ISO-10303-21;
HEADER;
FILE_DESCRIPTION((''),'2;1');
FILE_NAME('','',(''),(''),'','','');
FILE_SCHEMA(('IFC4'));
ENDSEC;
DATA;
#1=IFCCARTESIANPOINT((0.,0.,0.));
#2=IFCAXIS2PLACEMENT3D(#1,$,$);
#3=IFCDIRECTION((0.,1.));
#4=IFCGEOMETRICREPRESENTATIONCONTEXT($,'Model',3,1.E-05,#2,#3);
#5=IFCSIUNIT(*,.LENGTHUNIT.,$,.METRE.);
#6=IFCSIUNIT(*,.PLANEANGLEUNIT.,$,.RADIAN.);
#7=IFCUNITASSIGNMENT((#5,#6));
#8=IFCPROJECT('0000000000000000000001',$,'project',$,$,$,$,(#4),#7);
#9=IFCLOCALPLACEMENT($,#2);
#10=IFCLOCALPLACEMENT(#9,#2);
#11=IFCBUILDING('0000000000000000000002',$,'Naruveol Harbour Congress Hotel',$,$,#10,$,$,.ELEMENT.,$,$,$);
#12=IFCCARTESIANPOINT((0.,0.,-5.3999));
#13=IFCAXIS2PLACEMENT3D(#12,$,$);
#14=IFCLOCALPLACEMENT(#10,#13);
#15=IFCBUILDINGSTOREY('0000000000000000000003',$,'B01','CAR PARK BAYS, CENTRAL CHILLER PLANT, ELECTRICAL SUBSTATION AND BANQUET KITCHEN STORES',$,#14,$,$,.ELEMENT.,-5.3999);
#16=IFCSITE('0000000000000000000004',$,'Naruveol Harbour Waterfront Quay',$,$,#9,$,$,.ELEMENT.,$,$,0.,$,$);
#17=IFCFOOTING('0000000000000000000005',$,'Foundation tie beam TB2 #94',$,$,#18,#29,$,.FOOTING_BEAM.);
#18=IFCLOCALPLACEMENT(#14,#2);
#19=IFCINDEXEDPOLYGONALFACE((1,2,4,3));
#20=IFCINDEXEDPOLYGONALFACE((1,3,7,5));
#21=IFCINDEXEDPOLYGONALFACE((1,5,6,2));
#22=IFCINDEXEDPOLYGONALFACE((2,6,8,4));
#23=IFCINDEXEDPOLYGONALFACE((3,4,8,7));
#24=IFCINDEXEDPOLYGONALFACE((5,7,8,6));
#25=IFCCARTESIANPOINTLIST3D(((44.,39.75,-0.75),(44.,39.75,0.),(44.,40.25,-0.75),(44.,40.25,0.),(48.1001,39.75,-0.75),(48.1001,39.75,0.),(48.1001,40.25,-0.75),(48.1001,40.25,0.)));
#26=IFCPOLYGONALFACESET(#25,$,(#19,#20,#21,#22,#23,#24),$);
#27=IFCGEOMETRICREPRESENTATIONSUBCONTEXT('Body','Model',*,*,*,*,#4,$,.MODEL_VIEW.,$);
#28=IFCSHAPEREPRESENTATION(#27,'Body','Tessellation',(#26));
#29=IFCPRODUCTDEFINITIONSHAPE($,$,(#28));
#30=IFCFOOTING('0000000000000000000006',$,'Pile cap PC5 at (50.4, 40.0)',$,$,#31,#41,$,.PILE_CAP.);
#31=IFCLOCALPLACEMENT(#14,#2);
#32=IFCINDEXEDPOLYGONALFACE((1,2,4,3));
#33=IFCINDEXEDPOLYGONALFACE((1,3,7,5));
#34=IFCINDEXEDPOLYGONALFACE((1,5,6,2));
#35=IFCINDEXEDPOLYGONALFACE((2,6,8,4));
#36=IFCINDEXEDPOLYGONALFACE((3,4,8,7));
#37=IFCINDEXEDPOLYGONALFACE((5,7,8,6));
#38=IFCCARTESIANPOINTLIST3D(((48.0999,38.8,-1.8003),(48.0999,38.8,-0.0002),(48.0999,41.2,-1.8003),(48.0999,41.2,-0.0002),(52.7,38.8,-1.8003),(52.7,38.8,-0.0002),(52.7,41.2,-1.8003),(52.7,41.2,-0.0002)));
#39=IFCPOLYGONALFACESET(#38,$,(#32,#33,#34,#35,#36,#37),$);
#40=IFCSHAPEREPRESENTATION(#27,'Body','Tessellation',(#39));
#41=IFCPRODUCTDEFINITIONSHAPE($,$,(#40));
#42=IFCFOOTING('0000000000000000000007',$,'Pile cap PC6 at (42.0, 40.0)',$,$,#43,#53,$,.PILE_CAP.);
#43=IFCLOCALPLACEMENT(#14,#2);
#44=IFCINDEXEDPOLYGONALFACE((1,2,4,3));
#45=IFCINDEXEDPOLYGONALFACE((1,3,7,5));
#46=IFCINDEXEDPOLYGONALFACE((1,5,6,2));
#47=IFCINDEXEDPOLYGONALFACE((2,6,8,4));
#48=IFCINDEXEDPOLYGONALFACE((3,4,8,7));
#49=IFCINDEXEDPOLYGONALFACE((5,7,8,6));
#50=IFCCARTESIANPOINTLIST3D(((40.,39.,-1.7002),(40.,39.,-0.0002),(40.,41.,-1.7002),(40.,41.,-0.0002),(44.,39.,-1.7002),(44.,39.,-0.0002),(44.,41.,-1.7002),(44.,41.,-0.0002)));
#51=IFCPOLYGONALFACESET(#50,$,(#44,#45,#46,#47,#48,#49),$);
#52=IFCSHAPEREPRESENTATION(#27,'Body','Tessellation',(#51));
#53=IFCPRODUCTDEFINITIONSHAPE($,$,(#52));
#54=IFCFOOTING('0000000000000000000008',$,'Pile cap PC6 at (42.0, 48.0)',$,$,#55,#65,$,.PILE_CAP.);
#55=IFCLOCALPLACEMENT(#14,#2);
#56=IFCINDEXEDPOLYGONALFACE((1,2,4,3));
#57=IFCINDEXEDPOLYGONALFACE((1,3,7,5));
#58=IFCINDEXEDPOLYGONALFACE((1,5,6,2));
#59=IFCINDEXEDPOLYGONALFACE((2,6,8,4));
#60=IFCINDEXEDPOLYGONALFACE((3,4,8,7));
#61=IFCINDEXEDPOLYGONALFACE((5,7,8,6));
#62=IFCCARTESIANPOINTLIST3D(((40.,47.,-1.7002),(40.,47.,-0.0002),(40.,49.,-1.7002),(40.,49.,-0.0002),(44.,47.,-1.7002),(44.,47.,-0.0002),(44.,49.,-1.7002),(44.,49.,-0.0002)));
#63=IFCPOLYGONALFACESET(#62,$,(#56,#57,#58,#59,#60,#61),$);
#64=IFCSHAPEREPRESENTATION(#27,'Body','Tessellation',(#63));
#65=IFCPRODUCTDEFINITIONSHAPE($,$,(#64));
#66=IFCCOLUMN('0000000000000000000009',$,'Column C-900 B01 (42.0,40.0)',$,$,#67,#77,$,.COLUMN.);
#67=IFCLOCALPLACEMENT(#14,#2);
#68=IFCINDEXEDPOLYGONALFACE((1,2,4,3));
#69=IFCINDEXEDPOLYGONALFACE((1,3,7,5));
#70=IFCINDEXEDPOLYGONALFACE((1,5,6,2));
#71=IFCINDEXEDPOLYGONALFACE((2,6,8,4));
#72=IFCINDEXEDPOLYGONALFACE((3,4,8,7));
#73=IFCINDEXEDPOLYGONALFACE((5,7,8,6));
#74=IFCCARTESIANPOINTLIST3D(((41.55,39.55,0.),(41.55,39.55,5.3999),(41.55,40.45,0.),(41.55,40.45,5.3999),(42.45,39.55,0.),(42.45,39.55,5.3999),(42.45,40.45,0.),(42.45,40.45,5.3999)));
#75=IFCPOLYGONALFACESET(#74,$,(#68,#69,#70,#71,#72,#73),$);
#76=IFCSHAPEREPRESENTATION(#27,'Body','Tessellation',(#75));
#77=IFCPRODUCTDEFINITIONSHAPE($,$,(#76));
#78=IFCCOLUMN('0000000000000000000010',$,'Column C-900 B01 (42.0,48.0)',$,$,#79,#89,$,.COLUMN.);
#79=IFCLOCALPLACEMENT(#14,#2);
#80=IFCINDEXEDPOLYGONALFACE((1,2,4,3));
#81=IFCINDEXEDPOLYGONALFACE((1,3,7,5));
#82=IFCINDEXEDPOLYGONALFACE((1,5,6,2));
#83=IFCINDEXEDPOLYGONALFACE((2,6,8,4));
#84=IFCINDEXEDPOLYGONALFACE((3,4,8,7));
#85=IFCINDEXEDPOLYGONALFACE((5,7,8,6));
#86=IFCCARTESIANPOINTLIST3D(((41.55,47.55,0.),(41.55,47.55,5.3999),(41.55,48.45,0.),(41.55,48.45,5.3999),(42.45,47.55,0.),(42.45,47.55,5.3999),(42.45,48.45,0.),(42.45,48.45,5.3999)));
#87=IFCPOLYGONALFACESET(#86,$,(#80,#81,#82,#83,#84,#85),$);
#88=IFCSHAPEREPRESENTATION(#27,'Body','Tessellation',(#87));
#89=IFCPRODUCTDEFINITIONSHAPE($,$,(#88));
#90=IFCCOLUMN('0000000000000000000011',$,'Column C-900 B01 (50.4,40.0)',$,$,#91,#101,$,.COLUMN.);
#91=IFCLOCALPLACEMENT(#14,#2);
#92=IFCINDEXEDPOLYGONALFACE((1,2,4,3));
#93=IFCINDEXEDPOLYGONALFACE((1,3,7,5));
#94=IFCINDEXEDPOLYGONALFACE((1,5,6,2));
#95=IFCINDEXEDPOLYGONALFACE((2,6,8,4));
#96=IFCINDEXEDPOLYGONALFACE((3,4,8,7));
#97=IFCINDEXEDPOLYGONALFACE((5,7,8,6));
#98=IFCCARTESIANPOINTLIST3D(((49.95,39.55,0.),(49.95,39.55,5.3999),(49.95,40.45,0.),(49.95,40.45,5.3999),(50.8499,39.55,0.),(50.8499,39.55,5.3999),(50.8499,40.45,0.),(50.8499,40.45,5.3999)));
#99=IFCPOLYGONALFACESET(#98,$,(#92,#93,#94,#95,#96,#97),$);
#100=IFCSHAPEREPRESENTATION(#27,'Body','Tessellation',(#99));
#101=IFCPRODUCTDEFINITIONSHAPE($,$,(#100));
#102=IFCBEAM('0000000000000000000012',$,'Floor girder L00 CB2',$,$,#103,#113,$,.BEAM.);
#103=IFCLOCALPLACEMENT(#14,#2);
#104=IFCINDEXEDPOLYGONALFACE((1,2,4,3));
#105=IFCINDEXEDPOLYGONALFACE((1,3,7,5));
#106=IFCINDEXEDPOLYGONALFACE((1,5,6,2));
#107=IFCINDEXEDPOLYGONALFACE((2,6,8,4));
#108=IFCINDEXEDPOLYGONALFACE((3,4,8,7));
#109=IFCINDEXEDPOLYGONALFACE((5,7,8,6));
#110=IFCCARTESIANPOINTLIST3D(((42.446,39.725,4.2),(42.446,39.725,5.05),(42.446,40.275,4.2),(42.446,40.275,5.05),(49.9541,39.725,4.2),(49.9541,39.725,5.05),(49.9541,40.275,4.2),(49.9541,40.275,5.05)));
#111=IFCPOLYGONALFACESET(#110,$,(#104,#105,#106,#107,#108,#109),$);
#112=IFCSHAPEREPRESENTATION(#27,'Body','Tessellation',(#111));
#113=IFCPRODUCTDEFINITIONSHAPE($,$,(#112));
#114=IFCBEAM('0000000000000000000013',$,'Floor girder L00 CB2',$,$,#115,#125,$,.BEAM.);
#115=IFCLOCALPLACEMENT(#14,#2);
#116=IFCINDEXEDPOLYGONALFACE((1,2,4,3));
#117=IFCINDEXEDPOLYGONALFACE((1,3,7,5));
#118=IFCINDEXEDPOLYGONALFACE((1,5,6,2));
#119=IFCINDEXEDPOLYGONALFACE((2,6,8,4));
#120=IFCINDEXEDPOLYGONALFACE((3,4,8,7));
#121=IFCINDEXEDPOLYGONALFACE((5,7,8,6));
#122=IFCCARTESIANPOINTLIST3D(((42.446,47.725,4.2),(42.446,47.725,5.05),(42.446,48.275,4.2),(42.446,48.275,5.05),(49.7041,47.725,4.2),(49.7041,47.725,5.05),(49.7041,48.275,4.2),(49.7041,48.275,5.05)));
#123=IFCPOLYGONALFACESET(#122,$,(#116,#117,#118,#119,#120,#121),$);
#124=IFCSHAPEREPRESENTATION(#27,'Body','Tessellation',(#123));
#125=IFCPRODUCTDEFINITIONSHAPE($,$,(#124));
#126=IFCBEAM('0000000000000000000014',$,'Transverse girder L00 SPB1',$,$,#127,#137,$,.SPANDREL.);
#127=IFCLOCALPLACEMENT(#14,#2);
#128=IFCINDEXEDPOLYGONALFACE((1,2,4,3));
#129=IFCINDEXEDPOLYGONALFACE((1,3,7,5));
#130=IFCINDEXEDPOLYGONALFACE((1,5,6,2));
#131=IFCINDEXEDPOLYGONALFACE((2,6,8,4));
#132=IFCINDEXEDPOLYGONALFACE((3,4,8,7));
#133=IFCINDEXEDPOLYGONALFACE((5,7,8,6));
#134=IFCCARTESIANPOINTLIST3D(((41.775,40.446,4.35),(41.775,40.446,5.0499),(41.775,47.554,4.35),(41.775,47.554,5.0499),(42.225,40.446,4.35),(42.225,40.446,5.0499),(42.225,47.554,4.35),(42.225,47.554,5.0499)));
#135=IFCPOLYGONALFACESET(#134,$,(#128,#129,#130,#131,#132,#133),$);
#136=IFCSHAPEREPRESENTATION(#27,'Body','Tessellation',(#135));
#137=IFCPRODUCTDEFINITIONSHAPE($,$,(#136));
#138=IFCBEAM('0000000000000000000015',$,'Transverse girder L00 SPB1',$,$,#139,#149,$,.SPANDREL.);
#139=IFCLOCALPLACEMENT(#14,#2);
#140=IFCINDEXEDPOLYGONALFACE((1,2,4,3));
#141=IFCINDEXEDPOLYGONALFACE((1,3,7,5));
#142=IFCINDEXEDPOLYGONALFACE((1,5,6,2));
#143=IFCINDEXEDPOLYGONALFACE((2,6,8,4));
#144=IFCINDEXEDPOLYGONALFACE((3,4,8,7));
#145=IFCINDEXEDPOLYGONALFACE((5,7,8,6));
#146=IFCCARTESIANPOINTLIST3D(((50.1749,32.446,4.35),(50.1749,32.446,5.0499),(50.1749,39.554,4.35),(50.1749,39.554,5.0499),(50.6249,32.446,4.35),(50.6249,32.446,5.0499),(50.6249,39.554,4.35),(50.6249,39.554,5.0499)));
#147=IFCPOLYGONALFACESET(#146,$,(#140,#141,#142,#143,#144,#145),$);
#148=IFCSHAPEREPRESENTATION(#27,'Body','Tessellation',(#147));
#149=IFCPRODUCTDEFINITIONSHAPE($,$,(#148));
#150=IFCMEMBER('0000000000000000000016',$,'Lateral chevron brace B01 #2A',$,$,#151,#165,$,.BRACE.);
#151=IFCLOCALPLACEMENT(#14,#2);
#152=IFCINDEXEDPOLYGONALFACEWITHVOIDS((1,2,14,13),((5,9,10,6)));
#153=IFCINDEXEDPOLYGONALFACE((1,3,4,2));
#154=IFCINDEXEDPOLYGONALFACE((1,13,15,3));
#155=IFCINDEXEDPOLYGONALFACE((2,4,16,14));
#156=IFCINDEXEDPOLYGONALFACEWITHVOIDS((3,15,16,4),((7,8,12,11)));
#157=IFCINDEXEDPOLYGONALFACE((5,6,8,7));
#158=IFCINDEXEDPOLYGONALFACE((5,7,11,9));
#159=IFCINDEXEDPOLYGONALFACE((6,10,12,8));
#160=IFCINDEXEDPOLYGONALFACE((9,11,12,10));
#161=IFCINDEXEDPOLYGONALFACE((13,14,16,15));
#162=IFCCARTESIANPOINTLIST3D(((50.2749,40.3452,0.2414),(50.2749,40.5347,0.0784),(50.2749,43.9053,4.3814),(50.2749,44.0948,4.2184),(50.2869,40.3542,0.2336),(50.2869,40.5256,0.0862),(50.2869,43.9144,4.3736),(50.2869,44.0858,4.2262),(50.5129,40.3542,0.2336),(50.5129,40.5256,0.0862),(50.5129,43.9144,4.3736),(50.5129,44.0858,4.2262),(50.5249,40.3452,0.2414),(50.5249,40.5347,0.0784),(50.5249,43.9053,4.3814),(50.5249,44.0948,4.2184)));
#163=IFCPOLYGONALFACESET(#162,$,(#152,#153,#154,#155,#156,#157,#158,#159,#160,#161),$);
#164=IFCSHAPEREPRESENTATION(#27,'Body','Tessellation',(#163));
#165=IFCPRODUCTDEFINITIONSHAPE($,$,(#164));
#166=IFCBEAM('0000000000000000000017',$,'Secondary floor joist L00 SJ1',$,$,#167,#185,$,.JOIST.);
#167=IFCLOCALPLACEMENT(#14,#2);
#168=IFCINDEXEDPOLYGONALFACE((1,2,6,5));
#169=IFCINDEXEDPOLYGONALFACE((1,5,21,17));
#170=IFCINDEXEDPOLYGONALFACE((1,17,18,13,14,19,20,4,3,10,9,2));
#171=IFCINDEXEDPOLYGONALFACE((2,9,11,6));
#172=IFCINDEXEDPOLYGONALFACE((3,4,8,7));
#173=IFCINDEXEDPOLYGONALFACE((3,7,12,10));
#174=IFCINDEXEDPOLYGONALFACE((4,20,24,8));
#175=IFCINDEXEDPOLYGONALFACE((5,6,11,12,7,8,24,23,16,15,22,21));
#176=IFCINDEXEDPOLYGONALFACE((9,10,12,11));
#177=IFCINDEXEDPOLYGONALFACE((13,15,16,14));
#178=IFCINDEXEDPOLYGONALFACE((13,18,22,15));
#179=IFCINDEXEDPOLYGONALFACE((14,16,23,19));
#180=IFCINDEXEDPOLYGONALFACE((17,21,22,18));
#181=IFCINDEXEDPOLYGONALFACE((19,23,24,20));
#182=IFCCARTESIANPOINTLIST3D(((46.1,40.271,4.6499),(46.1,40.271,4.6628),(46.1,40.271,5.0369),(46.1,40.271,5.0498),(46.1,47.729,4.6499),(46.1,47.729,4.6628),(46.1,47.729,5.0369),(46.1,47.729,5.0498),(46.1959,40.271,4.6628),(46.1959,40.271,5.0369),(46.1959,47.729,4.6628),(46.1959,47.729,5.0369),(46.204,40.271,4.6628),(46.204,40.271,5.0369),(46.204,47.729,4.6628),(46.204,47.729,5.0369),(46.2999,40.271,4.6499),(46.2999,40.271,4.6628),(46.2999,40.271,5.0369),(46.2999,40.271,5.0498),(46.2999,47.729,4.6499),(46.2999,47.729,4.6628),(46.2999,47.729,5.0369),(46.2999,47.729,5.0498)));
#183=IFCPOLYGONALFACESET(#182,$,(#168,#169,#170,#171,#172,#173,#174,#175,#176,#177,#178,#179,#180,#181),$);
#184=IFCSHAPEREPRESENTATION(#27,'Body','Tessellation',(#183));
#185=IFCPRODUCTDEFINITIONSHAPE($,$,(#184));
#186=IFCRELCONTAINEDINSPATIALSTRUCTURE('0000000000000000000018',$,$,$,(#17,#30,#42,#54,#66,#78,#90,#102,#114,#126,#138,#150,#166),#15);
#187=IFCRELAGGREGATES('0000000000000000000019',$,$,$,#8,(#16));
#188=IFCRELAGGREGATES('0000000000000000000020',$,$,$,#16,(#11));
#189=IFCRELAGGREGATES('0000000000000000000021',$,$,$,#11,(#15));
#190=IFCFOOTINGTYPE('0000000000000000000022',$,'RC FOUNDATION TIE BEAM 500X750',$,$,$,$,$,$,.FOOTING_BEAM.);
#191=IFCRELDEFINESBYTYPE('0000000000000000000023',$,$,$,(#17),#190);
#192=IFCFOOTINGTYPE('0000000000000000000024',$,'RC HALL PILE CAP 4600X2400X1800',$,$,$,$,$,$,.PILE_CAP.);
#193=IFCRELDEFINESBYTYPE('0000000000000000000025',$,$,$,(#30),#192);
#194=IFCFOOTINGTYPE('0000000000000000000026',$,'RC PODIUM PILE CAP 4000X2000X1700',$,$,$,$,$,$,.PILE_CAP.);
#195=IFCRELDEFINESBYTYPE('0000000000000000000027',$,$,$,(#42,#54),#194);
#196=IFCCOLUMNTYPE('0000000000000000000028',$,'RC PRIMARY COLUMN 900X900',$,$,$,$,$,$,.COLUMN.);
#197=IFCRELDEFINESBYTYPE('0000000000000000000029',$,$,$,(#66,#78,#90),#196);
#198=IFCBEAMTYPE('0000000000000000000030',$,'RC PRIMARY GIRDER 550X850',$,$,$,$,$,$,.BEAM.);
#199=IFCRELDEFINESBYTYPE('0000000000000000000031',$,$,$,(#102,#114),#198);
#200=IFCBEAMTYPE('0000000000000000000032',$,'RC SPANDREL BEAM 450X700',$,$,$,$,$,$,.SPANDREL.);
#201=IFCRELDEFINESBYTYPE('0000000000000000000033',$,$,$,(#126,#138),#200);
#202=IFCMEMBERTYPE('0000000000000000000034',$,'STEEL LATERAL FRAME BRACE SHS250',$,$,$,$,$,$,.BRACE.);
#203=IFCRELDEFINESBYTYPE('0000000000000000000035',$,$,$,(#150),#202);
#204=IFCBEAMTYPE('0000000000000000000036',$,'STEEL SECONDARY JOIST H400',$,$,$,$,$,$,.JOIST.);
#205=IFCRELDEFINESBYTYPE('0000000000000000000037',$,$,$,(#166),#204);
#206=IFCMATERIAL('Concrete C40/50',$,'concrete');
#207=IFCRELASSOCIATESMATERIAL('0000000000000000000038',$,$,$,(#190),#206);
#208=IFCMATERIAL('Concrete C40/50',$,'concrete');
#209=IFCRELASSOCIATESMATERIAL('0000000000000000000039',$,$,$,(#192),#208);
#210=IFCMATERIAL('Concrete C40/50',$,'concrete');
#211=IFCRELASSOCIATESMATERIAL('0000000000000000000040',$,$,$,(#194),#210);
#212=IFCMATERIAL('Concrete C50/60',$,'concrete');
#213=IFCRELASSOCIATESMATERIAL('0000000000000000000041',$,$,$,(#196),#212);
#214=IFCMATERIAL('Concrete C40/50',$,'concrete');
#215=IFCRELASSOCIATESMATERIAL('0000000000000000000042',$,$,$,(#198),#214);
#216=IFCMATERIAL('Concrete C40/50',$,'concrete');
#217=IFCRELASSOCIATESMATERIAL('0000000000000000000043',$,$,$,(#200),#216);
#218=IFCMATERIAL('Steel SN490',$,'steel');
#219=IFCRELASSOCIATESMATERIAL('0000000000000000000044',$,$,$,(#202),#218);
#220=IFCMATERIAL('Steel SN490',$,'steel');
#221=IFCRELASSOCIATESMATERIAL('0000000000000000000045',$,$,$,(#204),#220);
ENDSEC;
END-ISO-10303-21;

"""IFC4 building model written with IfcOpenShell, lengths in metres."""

from ifc_helpers import new_model, si_unit, direction, frame, origin, origin_2d, place, context, subcontext, project, spatial, rectangle, hollow_rectangle, i_section, extrude, material, material_profile, profile_set, type_object, element, save


model = new_model("IFC4")

# Units and contexts
model_context = context("Model", 3, precision=1e-05, world=origin(), true_north=direction((0.0, 1.0)))
body_context = subcontext(model_context, "Body", "Model", "MODEL_VIEW")
ifc_project = project(units=[si_unit("LENGTHUNIT", "METRE"), si_unit("PLANEANGLEUNIT", "RADIAN")], contexts=[model_context])

# Site, building, storey
site_placement = place(None, origin())
site = spatial("IfcSite", under=ifc_project, at=site_placement, Name="Naruveol Harbour Waterfront Quay", CompositionType="ELEMENT", RefElevation=0.0)
building_placement = place(site_placement, origin())
building = spatial("IfcBuilding", under=site, at=building_placement, Name="Naruveol Harbour Congress Hotel", CompositionType="ELEMENT")
storey_placement = place(building_placement, frame((0.0, 0.0, -5.3999)))
storey = spatial("IfcBuildingStorey", under=building, at=storey_placement, Name="B01", Description="CAR PARK BAYS, CENTRAL CHILLER PLANT, ELECTRICAL SUBSTATION AND BANQUET KITCHEN STORES", CompositionType="ELEMENT", Elevation=-5.3999)

# Footings
ifc_material_1 = material(Name="Concrete C40/50", Category="concrete")
ifc_material_profile_1 = material_profile(ifc_material_1, rectangle(XDim=0.5, YDim=0.75, at=origin_2d()), Name="RCB-500x750")
ifc_profile_set_1 = profile_set([ifc_material_profile_1], Name="Concrete C40/50")
footing_type_1 = type_object("IfcFootingType", Name="RC FOUNDATION TIE BEAM 500X750", PredefinedType="FOOTING_BEAM", material=ifc_profile_set_1)
footing_1_placement = place(storey_placement, frame((44.0, 40.0, -0.375), z_axis=(1.0, 0.0, 0.0), x_axis=(0.0, 1.0, 0.0)))
element("IfcFooting", 1, at=footing_1_placement, inside=storey, type_object=footing_type_1, Name="Foundation tie beam TB2 #94", PredefinedType="FOOTING_BEAM", context=body_context, shape_type="SweptSolid", body=[
    extrude(rectangle(XDim=0.5, YDim=0.75, at=origin_2d()), origin(), (0.0, 0.0, 1.0), 4.1001),
])
ifc_material_2 = material(Name="Concrete C40/50", Category="concrete")
footing_type_2 = type_object("IfcFootingType", Name="RC HALL PILE CAP 4600X2400X1800", PredefinedType="PILE_CAP", material=ifc_material_2)
footing_2_placement = place(storey_placement, frame((50.3999, 40.0, -1.8003), z_axis=(0.0, 0.0, 1.0), x_axis=(1.0, 0.0, 0.0)))
element("IfcFooting", 2, at=footing_2_placement, inside=storey, type_object=footing_type_2, Name="Pile cap PC5 at (50.4, 40.0)", PredefinedType="PILE_CAP", context=body_context, shape_type="SweptSolid", body=[
    extrude(rectangle(XDim=4.6001, YDim=2.3999, at=origin_2d()), origin(), (0.0, 0.0, 1.0), 1.8),
])
ifc_material_3 = material(Name="Concrete C40/50", Category="concrete")
footing_type_3 = type_object("IfcFootingType", Name="RC PODIUM PILE CAP 4000X2000X1700", PredefinedType="PILE_CAP", material=ifc_material_3)
for number, where, z_axis, x_axis, name in (
    (3, (42.0, 40.0, -1.7002), (0.0, 0.0, 1.0), (1.0, 0.0, 0.0), "Pile cap PC6 at (42.0, 40.0)"),
    (4, (42.0, 48.0, -1.7002), (0.0, 0.0, 1.0), (1.0, 0.0, 0.0), "Pile cap PC6 at (42.0, 48.0)"),
):
    element("IfcFooting", number, at=place(storey_placement, frame(where, z_axis=z_axis, x_axis=x_axis)), inside=storey, type_object=footing_type_3, Name=name, PredefinedType="PILE_CAP", context=body_context, shape_type="SweptSolid", body=[
        extrude(rectangle(XDim=4.0, YDim=2.0, at=origin_2d()), origin(), (0.0, 0.0, 1.0), 1.7),
    ])

# Columns
ifc_material_4 = material(Name="Concrete C50/60", Category="concrete")
ifc_material_profile_2 = material_profile(ifc_material_4, rectangle(XDim=0.8999, YDim=0.8999, at=origin_2d()), Name="RC-900x900")
ifc_profile_set_2 = profile_set([ifc_material_profile_2], Name="Concrete C50/60")
column_type = type_object("IfcColumnType", Name="RC PRIMARY COLUMN 900X900", PredefinedType="COLUMN", material=ifc_profile_set_2)
for number, where, z_axis, x_axis, name in (
    (5, (42.0, 40.0, 0.0), (0.0, 0.0, 1.0), (1.0, 0.0, 0.0), "Column C-900 B01 (42.0,40.0)"),
    (6, (42.0, 48.0, 0.0), (0.0, 0.0, 1.0), (1.0, 0.0, 0.0), "Column C-900 B01 (42.0,48.0)"),
    (7, (50.3999, 40.0, 0.0), (0.0, 0.0, 1.0), (1.0, 0.0, 0.0), "Column C-900 B01 (50.4,40.0)"),
):
    element("IfcColumn", number, at=place(storey_placement, frame(where, z_axis=z_axis, x_axis=x_axis)), inside=storey, type_object=column_type, Name=name, PredefinedType="COLUMN", context=body_context, shape_type="SweptSolid", body=[
        extrude(rectangle(XDim=0.8999, YDim=0.8999, at=origin_2d()), origin(), (0.0, 0.0, 1.0), 5.3999),
    ])

# Beams
ifc_material_5 = material(Name="Concrete C40/50", Category="concrete")
ifc_material_profile_3 = material_profile(ifc_material_5, rectangle(XDim=0.55, YDim=0.8501, at=origin_2d()), Name="RCB-550x850")
ifc_profile_set_3 = profile_set([ifc_material_profile_3], Name="Concrete C40/50")
beam_type_1 = type_object("IfcBeamType", Name="RC PRIMARY GIRDER 550X850", PredefinedType="BEAM", material=ifc_profile_set_3)
beam_1_placement = place(storey_placement, frame((42.446, 40.0, 4.625), z_axis=(1.0, 0.0, 0.0), x_axis=(0.0, 1.0, 0.0)))
element("IfcBeam", 8, at=beam_1_placement, inside=storey, type_object=beam_type_1, Name="Floor girder L00 CB2", PredefinedType="BEAM", context=body_context, shape_type="SweptSolid", body=[
    extrude(rectangle(XDim=0.55, YDim=0.8501, at=origin_2d()), origin(), (0.0, 0.0, 1.0), 7.5081),
])
beam_2_placement = place(storey_placement, frame((42.446, 48.0, 4.625), z_axis=(1.0, 0.0, 0.0), x_axis=(0.0, 1.0, 0.0)))
element("IfcBeam", 9, at=beam_2_placement, inside=storey, type_object=beam_type_1, Name="Floor girder L00 CB2", PredefinedType="BEAM", context=body_context, shape_type="SweptSolid", body=[
    extrude(rectangle(XDim=0.55, YDim=0.8501, at=origin_2d()), origin(), (0.0, 0.0, 1.0), 7.2581),
])
ifc_material_6 = material(Name="Concrete C40/50", Category="concrete")
ifc_material_profile_4 = material_profile(ifc_material_6, rectangle(XDim=0.45, YDim=0.7, at=origin_2d()), Name="RCB-450x700")
ifc_profile_set_4 = profile_set([ifc_material_profile_4], Name="Concrete C40/50")
beam_type_2 = type_object("IfcBeamType", Name="RC SPANDREL BEAM 450X700", PredefinedType="SPANDREL", material=ifc_profile_set_4)
for number, where, z_axis, x_axis, name in (
    (10, (42.0, 40.446, 4.7), (0.0, 1.0, 0.0), (-1.0, 0.0, 0.0), "Transverse girder L00 SPB1"),
    (11, (50.3999, 32.446, 4.7), (0.0, 1.0, 0.0), (-1.0, 0.0, 0.0), "Transverse girder L00 SPB1"),
):
    element("IfcBeam", number, at=place(storey_placement, frame(where, z_axis=z_axis, x_axis=x_axis)), inside=storey, type_object=beam_type_2, Name=name, PredefinedType="SPANDREL", context=body_context, shape_type="SweptSolid", body=[
        extrude(rectangle(XDim=0.45, YDim=0.7, at=origin_2d()), origin(), (0.0, 0.0, 1.0), 7.1079),
    ])

# Member
ifc_material_7 = material(Name="Steel SN490", Category="steel")
ifc_material_profile_5 = material_profile(ifc_material_7, hollow_rectangle(XDim=0.25, YDim=0.25, WallThickness=0.012, at=origin_2d()), Name="SHS-250x250x12")
ifc_profile_set_5 = profile_set([ifc_material_profile_5], Name="Steel SN490")
member_type = type_object("IfcMemberType", Name="STEEL LATERAL FRAME BRACE SHS250", PredefinedType="BRACE", material=ifc_profile_set_5)
member_placement = place(storey_placement, frame((50.3999, 40.4399, 0.1599), z_axis=(0.0, 0.652013, 0.758208), x_axis=(-1.0, 0.0, 0.0)))
element("IfcMember", 12, at=member_placement, inside=storey, type_object=member_type, Name="Lateral chevron brace B01 #2A", PredefinedType="BRACE", context=body_context, shape_type="SweptSolid", body=[
    extrude(hollow_rectangle(XDim=0.25, YDim=0.25, WallThickness=0.012, at=origin_2d()), origin(), (0.0, 0.0, 1.0), 5.4602),
])

# Beam
ifc_material_8 = material(Name="Steel SN490", Category="steel")
ifc_material_profile_6 = material_profile(ifc_material_8, i_section(OverallWidth=0.2, OverallDepth=0.3999, WebThickness=0.0081, FlangeThickness=0.0129, at=origin_2d()), Name="H-400x200x8x13")
ifc_profile_set_6 = profile_set([ifc_material_profile_6], Name="Steel SN490")
beam_type_3 = type_object("IfcBeamType", Name="STEEL SECONDARY JOIST H400", PredefinedType="JOIST", material=ifc_profile_set_6)
beam_3_placement = place(storey_placement, frame((46.2, 40.271, 4.8499), z_axis=(0.0, 1.0, 0.0), x_axis=(-1.0, 0.0, 0.0)))
element("IfcBeam", 13, at=beam_3_placement, inside=storey, type_object=beam_type_3, Name="Secondary floor joist L00 SJ1", PredefinedType="JOIST", context=body_context, shape_type="SweptSolid", body=[
    extrude(i_section(OverallWidth=0.2, OverallDepth=0.3999, WebThickness=0.0081, FlangeThickness=0.0129, at=origin_2d()), origin(), (0.0, 0.0, 1.0), 7.458),
])

save(model, "model.ifc")
